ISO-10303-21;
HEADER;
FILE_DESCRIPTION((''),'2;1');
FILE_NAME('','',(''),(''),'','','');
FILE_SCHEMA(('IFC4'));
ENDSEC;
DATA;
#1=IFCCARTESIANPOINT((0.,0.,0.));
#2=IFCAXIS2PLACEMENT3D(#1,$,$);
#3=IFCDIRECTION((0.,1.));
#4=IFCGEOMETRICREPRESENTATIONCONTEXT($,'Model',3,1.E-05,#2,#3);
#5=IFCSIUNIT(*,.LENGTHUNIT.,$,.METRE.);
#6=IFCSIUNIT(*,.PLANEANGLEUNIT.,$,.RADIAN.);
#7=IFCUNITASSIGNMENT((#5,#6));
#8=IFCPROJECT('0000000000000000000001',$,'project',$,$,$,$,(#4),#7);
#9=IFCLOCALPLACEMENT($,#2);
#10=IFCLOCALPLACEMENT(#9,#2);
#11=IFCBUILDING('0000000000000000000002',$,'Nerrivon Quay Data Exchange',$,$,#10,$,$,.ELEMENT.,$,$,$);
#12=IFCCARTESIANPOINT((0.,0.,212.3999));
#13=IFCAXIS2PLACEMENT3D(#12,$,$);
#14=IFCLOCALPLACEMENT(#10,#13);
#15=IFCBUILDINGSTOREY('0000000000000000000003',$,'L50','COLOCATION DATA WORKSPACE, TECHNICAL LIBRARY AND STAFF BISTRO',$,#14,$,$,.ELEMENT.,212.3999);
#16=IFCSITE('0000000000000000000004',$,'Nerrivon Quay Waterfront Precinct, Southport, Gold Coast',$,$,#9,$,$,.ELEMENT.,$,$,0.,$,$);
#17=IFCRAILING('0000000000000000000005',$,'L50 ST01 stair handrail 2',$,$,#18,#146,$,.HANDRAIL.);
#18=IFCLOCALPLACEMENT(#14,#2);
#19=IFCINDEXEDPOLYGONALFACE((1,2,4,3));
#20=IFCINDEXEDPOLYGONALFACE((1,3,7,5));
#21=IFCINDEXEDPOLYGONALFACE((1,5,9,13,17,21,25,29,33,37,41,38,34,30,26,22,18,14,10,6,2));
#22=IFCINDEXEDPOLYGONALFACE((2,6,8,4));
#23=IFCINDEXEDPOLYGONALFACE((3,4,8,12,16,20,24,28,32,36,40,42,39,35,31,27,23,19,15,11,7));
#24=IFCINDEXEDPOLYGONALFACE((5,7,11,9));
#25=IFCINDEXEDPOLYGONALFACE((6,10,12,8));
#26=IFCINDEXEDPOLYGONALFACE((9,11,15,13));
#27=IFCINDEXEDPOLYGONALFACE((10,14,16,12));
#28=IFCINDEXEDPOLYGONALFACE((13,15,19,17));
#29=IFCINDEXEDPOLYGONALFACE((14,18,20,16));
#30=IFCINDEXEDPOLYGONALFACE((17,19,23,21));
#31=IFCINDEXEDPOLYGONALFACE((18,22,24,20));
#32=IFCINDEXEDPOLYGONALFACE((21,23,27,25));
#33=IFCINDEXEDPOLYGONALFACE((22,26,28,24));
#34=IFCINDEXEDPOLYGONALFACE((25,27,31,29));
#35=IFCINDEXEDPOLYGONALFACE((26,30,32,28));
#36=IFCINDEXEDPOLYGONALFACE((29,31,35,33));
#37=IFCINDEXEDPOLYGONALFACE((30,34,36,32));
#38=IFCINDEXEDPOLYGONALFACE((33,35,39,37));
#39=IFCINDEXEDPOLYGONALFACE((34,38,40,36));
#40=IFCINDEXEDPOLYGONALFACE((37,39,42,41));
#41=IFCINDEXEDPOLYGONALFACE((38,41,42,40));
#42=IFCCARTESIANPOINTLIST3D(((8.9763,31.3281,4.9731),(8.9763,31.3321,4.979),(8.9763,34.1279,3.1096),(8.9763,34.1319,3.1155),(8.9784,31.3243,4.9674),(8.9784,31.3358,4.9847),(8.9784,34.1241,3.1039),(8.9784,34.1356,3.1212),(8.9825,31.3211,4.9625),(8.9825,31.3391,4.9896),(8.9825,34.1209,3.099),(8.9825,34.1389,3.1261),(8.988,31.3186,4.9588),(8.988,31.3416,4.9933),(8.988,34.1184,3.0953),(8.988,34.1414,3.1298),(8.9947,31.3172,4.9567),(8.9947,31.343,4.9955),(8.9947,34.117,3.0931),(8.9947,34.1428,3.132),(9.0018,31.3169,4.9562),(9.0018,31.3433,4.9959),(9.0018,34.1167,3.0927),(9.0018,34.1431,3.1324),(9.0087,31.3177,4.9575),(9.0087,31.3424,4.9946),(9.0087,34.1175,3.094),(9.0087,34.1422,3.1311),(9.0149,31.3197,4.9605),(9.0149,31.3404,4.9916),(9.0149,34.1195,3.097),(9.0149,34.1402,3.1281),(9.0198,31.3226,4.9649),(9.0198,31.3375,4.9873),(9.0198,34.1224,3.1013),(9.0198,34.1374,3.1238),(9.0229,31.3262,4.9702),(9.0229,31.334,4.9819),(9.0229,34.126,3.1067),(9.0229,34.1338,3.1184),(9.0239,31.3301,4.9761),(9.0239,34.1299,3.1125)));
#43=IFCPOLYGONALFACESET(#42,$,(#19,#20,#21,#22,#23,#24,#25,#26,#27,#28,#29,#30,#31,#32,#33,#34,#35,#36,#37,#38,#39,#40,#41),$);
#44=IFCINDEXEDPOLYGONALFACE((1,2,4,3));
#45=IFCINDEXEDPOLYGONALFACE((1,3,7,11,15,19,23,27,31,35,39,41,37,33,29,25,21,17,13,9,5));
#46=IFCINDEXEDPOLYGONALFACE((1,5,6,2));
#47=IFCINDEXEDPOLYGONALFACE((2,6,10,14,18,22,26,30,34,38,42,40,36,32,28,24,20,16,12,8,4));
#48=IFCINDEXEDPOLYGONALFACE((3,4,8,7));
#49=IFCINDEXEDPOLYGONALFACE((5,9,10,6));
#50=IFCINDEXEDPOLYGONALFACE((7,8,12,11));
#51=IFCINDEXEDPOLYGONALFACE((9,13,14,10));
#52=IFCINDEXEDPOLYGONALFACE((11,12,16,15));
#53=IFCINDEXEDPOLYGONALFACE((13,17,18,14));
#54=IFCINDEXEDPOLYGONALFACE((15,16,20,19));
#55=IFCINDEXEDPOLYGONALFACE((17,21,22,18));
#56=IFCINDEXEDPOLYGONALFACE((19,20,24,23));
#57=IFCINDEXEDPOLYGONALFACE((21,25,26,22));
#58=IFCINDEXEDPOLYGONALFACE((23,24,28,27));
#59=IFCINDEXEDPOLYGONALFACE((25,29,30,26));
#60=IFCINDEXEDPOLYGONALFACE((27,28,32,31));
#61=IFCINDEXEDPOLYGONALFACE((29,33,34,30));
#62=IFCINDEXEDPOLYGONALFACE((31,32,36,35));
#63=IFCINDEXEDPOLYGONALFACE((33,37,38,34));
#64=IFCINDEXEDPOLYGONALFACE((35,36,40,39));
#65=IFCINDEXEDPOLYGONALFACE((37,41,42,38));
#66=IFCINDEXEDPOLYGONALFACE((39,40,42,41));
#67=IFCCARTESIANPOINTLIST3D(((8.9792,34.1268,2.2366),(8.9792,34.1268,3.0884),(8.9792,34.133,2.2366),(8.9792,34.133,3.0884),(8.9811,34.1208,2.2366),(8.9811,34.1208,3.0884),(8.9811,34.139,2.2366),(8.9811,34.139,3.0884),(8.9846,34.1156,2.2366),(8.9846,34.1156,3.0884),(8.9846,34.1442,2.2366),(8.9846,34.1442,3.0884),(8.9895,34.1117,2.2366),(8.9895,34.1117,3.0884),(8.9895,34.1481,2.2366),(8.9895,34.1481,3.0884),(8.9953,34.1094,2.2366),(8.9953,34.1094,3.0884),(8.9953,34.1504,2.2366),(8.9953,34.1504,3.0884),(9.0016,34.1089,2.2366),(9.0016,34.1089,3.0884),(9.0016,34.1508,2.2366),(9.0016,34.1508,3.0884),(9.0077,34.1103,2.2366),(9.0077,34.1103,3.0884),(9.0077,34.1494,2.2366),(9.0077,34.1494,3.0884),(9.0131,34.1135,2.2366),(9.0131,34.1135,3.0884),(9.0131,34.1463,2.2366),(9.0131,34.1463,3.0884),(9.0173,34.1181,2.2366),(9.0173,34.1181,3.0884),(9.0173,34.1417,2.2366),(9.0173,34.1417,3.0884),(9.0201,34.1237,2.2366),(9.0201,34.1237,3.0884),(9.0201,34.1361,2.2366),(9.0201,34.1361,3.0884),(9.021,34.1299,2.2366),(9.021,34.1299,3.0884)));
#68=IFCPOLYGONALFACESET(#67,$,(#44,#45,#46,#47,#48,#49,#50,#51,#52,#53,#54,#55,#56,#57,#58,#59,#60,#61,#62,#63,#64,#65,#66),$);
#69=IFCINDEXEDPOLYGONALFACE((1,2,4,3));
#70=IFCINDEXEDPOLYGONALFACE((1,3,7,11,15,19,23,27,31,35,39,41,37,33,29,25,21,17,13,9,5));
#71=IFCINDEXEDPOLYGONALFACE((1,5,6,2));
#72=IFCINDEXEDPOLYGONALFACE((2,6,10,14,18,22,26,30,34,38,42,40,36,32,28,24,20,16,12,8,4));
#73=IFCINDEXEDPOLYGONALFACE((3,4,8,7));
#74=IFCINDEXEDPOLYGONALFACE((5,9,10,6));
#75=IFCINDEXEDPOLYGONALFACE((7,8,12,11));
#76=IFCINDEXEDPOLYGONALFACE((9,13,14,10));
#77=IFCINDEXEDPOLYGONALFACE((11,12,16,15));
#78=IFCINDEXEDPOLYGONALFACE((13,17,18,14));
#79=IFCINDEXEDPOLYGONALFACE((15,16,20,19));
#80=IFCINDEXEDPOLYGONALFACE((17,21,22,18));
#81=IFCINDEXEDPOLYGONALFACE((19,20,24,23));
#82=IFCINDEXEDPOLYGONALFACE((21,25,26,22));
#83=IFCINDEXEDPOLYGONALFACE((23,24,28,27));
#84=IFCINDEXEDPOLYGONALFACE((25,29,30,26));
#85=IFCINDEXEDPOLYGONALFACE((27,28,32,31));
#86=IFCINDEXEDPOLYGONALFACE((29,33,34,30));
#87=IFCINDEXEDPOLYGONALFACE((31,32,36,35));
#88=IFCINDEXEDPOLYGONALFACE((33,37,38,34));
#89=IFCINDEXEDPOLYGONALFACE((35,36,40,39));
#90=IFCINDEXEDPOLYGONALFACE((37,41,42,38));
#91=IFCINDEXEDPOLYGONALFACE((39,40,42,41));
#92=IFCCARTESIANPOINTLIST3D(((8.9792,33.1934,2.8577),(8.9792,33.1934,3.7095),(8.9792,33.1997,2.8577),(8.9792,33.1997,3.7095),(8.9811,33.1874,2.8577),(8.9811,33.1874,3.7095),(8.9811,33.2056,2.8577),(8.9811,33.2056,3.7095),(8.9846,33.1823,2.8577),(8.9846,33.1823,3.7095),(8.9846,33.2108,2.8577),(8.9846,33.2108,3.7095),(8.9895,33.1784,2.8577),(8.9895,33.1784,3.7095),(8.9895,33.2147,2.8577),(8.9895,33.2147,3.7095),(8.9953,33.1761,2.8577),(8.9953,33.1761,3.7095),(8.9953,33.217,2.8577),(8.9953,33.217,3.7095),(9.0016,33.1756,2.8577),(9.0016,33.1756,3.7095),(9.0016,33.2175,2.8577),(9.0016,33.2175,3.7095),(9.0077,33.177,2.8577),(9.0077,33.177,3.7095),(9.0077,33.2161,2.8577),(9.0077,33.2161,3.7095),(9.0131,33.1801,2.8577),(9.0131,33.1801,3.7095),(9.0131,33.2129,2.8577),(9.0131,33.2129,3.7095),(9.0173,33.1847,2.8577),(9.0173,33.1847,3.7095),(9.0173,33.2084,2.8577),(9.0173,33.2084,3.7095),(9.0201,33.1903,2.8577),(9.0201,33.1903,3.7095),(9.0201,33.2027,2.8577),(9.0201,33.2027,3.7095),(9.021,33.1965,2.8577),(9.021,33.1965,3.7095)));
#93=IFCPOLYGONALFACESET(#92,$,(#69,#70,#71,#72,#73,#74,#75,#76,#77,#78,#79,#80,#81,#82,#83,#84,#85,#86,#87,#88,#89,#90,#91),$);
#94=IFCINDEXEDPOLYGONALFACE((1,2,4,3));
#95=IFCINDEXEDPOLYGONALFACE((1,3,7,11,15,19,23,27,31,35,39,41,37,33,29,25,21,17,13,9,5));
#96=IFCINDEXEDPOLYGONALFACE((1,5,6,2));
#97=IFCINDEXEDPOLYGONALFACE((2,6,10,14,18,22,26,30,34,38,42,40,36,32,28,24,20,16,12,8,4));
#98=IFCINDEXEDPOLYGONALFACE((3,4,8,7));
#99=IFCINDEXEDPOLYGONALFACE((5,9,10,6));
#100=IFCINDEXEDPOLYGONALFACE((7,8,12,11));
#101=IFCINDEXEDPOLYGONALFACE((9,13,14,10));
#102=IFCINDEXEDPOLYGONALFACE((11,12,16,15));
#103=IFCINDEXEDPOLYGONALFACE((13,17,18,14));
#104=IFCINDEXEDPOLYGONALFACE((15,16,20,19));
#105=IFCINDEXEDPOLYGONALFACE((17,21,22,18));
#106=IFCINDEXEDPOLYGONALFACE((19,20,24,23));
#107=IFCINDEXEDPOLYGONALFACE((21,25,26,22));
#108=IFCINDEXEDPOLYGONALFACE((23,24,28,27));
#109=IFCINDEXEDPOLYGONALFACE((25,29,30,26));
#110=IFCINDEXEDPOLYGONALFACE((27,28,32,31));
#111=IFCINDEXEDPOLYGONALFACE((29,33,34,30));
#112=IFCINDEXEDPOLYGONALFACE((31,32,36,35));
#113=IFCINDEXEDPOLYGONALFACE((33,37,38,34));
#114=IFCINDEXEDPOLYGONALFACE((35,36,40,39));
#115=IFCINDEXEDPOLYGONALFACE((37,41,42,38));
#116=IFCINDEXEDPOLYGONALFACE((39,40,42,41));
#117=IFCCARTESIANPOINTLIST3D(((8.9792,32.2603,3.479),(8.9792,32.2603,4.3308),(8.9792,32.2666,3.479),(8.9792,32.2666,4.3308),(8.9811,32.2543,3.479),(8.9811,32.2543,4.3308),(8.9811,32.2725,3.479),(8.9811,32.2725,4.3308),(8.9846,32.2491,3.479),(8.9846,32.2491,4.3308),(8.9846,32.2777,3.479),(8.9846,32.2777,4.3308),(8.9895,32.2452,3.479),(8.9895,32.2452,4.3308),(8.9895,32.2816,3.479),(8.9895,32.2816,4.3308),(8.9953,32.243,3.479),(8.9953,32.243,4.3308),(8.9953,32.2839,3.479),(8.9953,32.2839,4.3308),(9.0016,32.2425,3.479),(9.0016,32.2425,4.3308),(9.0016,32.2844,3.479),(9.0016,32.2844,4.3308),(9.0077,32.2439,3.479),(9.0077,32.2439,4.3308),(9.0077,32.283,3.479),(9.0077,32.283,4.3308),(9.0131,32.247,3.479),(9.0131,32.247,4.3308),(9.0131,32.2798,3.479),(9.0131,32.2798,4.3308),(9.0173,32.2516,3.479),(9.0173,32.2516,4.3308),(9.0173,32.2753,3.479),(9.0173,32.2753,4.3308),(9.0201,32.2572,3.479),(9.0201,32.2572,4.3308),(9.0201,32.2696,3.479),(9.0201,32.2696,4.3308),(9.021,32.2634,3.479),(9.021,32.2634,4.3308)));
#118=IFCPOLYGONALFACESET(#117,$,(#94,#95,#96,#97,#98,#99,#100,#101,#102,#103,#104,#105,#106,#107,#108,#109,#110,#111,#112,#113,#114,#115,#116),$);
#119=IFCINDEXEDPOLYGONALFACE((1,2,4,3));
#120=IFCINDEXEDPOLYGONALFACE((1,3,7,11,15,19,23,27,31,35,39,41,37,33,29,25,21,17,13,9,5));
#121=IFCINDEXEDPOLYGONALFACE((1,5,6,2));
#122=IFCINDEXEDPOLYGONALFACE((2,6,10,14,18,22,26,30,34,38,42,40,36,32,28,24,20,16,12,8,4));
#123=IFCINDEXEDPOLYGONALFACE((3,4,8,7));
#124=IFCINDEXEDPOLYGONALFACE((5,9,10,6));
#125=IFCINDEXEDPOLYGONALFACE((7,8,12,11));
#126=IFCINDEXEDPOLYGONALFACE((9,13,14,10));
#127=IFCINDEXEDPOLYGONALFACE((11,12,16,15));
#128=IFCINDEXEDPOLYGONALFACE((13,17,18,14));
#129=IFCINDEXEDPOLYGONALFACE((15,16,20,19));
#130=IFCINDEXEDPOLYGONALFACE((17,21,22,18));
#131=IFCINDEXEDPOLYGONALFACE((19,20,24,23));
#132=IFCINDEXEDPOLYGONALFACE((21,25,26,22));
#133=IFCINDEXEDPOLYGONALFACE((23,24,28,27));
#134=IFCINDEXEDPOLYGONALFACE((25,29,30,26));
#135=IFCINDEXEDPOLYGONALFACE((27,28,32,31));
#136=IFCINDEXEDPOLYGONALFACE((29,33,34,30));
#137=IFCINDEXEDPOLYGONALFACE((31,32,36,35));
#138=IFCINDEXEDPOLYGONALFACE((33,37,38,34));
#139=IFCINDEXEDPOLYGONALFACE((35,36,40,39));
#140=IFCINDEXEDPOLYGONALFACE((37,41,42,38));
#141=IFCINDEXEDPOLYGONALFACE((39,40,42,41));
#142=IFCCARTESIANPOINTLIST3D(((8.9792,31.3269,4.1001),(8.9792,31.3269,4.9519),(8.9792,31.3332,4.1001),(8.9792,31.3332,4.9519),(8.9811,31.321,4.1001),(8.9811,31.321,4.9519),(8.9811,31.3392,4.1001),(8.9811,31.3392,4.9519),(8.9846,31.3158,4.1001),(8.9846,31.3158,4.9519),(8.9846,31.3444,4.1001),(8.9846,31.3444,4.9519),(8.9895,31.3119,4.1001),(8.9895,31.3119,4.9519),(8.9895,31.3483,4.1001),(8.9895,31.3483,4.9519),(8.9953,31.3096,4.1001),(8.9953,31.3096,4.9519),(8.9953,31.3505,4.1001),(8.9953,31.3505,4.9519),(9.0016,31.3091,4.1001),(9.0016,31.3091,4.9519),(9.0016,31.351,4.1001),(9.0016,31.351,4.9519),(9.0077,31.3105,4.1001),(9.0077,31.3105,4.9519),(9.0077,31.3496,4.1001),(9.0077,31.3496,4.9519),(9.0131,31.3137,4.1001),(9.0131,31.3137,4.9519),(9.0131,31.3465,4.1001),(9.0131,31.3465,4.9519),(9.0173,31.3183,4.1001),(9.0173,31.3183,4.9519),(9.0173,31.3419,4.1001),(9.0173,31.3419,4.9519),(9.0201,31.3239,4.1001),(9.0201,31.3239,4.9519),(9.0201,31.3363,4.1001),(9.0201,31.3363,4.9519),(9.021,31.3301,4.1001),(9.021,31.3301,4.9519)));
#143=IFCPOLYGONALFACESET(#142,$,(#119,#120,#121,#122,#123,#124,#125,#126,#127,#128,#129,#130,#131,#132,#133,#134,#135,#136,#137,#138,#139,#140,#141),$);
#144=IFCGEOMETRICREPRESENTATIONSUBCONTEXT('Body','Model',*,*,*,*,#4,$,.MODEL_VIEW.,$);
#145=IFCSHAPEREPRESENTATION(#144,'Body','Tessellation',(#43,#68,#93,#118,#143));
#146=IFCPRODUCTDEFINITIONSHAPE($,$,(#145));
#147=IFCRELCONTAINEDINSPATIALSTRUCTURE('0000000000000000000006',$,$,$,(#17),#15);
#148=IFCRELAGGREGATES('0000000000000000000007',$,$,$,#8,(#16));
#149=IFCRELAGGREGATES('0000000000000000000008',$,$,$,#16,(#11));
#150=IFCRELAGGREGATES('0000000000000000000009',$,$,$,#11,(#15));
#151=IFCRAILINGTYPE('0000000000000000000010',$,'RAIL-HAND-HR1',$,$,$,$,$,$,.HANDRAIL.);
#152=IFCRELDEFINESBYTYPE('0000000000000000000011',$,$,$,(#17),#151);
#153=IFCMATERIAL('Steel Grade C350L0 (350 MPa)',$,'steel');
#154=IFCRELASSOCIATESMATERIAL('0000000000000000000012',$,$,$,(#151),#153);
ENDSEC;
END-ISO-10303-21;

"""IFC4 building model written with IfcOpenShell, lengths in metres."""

from ifc_helpers import new_model, si_unit, direction, frame, origin, origin_2d, place, context, subcontext, project, spatial, circle, extrude, material, type_object, element, save


model = new_model("IFC4")

# Units and contexts
model_context = context("Model", 3, precision=1e-05, world=origin(), true_north=direction((0.0, 1.0)))
body_context = subcontext(model_context, "Body", "Model", "MODEL_VIEW")
ifc_project = project(units=[si_unit("LENGTHUNIT", "METRE"), si_unit("PLANEANGLEUNIT", "RADIAN")], contexts=[model_context])

# Site, building, storey
site_placement = place(None, origin())
site = spatial("IfcSite", under=ifc_project, at=site_placement, Name="Nerrivon Quay Waterfront Precinct, Southport, Gold Coast", CompositionType="ELEMENT", RefElevation=0.0)
building_placement = place(site_placement, origin())
building = spatial("IfcBuilding", under=site, at=building_placement, Name="Nerrivon Quay Data Exchange", CompositionType="ELEMENT")
storey_placement = place(building_placement, frame((0.0, 0.0, 212.3999)))
storey = spatial("IfcBuildingStorey", under=building, at=storey_placement, Name="L50", Description="COLOCATION DATA WORKSPACE, TECHNICAL LIBRARY AND STAFF BISTRO", CompositionType="ELEMENT", Elevation=212.3999)

# Shared definitions
ifc_material_1 = material(Name="Steel Grade C350L0 (350 MPa)", Category="steel")

# Railing
railing_type_1 = type_object("IfcRailingType", Name="RAIL-HAND-HR1", PredefinedType="HANDRAIL", material=ifc_material_1)
railing_1_placement = place(storey_placement, frame((9.0, 34.1299, 2.2366)))
element("IfcRailing", 1, at=railing_1_placement, inside=storey, type_object=railing_type_1, Name="L50 ST01 stair handrail 2", PredefinedType="HANDRAIL", context=body_context, shape_type="SweptSolid", body=[
    extrude(circle(Radius=0.0239, at=origin_2d()), frame((0.0, 0.0, 0.876), z_axis=(0.0, -0.832463, 0.55408), x_axis=(1.0, 0.0, 0.0)), (0.0, 0.0, 1.0), 3.3633),
    extrude(circle(Radius=0.021, at=origin_2d()), origin(), (0.0, 0.0, 1.0), 0.8518),
    extrude(circle(Radius=0.021, at=origin_2d()), frame((0.0, -0.9333, 0.6211)), (0.0, 0.0, 1.0), 0.8518),
    extrude(circle(Radius=0.021, at=origin_2d()), frame((0.0, -1.8665, 1.2424)), (0.0, 0.0, 1.0), 0.8518),
    extrude(circle(Radius=0.021, at=origin_2d()), frame((0.0, -2.7998, 1.8635)), (0.0, 0.0, 1.0), 0.8518),
])

save(model, "model.ifc")
